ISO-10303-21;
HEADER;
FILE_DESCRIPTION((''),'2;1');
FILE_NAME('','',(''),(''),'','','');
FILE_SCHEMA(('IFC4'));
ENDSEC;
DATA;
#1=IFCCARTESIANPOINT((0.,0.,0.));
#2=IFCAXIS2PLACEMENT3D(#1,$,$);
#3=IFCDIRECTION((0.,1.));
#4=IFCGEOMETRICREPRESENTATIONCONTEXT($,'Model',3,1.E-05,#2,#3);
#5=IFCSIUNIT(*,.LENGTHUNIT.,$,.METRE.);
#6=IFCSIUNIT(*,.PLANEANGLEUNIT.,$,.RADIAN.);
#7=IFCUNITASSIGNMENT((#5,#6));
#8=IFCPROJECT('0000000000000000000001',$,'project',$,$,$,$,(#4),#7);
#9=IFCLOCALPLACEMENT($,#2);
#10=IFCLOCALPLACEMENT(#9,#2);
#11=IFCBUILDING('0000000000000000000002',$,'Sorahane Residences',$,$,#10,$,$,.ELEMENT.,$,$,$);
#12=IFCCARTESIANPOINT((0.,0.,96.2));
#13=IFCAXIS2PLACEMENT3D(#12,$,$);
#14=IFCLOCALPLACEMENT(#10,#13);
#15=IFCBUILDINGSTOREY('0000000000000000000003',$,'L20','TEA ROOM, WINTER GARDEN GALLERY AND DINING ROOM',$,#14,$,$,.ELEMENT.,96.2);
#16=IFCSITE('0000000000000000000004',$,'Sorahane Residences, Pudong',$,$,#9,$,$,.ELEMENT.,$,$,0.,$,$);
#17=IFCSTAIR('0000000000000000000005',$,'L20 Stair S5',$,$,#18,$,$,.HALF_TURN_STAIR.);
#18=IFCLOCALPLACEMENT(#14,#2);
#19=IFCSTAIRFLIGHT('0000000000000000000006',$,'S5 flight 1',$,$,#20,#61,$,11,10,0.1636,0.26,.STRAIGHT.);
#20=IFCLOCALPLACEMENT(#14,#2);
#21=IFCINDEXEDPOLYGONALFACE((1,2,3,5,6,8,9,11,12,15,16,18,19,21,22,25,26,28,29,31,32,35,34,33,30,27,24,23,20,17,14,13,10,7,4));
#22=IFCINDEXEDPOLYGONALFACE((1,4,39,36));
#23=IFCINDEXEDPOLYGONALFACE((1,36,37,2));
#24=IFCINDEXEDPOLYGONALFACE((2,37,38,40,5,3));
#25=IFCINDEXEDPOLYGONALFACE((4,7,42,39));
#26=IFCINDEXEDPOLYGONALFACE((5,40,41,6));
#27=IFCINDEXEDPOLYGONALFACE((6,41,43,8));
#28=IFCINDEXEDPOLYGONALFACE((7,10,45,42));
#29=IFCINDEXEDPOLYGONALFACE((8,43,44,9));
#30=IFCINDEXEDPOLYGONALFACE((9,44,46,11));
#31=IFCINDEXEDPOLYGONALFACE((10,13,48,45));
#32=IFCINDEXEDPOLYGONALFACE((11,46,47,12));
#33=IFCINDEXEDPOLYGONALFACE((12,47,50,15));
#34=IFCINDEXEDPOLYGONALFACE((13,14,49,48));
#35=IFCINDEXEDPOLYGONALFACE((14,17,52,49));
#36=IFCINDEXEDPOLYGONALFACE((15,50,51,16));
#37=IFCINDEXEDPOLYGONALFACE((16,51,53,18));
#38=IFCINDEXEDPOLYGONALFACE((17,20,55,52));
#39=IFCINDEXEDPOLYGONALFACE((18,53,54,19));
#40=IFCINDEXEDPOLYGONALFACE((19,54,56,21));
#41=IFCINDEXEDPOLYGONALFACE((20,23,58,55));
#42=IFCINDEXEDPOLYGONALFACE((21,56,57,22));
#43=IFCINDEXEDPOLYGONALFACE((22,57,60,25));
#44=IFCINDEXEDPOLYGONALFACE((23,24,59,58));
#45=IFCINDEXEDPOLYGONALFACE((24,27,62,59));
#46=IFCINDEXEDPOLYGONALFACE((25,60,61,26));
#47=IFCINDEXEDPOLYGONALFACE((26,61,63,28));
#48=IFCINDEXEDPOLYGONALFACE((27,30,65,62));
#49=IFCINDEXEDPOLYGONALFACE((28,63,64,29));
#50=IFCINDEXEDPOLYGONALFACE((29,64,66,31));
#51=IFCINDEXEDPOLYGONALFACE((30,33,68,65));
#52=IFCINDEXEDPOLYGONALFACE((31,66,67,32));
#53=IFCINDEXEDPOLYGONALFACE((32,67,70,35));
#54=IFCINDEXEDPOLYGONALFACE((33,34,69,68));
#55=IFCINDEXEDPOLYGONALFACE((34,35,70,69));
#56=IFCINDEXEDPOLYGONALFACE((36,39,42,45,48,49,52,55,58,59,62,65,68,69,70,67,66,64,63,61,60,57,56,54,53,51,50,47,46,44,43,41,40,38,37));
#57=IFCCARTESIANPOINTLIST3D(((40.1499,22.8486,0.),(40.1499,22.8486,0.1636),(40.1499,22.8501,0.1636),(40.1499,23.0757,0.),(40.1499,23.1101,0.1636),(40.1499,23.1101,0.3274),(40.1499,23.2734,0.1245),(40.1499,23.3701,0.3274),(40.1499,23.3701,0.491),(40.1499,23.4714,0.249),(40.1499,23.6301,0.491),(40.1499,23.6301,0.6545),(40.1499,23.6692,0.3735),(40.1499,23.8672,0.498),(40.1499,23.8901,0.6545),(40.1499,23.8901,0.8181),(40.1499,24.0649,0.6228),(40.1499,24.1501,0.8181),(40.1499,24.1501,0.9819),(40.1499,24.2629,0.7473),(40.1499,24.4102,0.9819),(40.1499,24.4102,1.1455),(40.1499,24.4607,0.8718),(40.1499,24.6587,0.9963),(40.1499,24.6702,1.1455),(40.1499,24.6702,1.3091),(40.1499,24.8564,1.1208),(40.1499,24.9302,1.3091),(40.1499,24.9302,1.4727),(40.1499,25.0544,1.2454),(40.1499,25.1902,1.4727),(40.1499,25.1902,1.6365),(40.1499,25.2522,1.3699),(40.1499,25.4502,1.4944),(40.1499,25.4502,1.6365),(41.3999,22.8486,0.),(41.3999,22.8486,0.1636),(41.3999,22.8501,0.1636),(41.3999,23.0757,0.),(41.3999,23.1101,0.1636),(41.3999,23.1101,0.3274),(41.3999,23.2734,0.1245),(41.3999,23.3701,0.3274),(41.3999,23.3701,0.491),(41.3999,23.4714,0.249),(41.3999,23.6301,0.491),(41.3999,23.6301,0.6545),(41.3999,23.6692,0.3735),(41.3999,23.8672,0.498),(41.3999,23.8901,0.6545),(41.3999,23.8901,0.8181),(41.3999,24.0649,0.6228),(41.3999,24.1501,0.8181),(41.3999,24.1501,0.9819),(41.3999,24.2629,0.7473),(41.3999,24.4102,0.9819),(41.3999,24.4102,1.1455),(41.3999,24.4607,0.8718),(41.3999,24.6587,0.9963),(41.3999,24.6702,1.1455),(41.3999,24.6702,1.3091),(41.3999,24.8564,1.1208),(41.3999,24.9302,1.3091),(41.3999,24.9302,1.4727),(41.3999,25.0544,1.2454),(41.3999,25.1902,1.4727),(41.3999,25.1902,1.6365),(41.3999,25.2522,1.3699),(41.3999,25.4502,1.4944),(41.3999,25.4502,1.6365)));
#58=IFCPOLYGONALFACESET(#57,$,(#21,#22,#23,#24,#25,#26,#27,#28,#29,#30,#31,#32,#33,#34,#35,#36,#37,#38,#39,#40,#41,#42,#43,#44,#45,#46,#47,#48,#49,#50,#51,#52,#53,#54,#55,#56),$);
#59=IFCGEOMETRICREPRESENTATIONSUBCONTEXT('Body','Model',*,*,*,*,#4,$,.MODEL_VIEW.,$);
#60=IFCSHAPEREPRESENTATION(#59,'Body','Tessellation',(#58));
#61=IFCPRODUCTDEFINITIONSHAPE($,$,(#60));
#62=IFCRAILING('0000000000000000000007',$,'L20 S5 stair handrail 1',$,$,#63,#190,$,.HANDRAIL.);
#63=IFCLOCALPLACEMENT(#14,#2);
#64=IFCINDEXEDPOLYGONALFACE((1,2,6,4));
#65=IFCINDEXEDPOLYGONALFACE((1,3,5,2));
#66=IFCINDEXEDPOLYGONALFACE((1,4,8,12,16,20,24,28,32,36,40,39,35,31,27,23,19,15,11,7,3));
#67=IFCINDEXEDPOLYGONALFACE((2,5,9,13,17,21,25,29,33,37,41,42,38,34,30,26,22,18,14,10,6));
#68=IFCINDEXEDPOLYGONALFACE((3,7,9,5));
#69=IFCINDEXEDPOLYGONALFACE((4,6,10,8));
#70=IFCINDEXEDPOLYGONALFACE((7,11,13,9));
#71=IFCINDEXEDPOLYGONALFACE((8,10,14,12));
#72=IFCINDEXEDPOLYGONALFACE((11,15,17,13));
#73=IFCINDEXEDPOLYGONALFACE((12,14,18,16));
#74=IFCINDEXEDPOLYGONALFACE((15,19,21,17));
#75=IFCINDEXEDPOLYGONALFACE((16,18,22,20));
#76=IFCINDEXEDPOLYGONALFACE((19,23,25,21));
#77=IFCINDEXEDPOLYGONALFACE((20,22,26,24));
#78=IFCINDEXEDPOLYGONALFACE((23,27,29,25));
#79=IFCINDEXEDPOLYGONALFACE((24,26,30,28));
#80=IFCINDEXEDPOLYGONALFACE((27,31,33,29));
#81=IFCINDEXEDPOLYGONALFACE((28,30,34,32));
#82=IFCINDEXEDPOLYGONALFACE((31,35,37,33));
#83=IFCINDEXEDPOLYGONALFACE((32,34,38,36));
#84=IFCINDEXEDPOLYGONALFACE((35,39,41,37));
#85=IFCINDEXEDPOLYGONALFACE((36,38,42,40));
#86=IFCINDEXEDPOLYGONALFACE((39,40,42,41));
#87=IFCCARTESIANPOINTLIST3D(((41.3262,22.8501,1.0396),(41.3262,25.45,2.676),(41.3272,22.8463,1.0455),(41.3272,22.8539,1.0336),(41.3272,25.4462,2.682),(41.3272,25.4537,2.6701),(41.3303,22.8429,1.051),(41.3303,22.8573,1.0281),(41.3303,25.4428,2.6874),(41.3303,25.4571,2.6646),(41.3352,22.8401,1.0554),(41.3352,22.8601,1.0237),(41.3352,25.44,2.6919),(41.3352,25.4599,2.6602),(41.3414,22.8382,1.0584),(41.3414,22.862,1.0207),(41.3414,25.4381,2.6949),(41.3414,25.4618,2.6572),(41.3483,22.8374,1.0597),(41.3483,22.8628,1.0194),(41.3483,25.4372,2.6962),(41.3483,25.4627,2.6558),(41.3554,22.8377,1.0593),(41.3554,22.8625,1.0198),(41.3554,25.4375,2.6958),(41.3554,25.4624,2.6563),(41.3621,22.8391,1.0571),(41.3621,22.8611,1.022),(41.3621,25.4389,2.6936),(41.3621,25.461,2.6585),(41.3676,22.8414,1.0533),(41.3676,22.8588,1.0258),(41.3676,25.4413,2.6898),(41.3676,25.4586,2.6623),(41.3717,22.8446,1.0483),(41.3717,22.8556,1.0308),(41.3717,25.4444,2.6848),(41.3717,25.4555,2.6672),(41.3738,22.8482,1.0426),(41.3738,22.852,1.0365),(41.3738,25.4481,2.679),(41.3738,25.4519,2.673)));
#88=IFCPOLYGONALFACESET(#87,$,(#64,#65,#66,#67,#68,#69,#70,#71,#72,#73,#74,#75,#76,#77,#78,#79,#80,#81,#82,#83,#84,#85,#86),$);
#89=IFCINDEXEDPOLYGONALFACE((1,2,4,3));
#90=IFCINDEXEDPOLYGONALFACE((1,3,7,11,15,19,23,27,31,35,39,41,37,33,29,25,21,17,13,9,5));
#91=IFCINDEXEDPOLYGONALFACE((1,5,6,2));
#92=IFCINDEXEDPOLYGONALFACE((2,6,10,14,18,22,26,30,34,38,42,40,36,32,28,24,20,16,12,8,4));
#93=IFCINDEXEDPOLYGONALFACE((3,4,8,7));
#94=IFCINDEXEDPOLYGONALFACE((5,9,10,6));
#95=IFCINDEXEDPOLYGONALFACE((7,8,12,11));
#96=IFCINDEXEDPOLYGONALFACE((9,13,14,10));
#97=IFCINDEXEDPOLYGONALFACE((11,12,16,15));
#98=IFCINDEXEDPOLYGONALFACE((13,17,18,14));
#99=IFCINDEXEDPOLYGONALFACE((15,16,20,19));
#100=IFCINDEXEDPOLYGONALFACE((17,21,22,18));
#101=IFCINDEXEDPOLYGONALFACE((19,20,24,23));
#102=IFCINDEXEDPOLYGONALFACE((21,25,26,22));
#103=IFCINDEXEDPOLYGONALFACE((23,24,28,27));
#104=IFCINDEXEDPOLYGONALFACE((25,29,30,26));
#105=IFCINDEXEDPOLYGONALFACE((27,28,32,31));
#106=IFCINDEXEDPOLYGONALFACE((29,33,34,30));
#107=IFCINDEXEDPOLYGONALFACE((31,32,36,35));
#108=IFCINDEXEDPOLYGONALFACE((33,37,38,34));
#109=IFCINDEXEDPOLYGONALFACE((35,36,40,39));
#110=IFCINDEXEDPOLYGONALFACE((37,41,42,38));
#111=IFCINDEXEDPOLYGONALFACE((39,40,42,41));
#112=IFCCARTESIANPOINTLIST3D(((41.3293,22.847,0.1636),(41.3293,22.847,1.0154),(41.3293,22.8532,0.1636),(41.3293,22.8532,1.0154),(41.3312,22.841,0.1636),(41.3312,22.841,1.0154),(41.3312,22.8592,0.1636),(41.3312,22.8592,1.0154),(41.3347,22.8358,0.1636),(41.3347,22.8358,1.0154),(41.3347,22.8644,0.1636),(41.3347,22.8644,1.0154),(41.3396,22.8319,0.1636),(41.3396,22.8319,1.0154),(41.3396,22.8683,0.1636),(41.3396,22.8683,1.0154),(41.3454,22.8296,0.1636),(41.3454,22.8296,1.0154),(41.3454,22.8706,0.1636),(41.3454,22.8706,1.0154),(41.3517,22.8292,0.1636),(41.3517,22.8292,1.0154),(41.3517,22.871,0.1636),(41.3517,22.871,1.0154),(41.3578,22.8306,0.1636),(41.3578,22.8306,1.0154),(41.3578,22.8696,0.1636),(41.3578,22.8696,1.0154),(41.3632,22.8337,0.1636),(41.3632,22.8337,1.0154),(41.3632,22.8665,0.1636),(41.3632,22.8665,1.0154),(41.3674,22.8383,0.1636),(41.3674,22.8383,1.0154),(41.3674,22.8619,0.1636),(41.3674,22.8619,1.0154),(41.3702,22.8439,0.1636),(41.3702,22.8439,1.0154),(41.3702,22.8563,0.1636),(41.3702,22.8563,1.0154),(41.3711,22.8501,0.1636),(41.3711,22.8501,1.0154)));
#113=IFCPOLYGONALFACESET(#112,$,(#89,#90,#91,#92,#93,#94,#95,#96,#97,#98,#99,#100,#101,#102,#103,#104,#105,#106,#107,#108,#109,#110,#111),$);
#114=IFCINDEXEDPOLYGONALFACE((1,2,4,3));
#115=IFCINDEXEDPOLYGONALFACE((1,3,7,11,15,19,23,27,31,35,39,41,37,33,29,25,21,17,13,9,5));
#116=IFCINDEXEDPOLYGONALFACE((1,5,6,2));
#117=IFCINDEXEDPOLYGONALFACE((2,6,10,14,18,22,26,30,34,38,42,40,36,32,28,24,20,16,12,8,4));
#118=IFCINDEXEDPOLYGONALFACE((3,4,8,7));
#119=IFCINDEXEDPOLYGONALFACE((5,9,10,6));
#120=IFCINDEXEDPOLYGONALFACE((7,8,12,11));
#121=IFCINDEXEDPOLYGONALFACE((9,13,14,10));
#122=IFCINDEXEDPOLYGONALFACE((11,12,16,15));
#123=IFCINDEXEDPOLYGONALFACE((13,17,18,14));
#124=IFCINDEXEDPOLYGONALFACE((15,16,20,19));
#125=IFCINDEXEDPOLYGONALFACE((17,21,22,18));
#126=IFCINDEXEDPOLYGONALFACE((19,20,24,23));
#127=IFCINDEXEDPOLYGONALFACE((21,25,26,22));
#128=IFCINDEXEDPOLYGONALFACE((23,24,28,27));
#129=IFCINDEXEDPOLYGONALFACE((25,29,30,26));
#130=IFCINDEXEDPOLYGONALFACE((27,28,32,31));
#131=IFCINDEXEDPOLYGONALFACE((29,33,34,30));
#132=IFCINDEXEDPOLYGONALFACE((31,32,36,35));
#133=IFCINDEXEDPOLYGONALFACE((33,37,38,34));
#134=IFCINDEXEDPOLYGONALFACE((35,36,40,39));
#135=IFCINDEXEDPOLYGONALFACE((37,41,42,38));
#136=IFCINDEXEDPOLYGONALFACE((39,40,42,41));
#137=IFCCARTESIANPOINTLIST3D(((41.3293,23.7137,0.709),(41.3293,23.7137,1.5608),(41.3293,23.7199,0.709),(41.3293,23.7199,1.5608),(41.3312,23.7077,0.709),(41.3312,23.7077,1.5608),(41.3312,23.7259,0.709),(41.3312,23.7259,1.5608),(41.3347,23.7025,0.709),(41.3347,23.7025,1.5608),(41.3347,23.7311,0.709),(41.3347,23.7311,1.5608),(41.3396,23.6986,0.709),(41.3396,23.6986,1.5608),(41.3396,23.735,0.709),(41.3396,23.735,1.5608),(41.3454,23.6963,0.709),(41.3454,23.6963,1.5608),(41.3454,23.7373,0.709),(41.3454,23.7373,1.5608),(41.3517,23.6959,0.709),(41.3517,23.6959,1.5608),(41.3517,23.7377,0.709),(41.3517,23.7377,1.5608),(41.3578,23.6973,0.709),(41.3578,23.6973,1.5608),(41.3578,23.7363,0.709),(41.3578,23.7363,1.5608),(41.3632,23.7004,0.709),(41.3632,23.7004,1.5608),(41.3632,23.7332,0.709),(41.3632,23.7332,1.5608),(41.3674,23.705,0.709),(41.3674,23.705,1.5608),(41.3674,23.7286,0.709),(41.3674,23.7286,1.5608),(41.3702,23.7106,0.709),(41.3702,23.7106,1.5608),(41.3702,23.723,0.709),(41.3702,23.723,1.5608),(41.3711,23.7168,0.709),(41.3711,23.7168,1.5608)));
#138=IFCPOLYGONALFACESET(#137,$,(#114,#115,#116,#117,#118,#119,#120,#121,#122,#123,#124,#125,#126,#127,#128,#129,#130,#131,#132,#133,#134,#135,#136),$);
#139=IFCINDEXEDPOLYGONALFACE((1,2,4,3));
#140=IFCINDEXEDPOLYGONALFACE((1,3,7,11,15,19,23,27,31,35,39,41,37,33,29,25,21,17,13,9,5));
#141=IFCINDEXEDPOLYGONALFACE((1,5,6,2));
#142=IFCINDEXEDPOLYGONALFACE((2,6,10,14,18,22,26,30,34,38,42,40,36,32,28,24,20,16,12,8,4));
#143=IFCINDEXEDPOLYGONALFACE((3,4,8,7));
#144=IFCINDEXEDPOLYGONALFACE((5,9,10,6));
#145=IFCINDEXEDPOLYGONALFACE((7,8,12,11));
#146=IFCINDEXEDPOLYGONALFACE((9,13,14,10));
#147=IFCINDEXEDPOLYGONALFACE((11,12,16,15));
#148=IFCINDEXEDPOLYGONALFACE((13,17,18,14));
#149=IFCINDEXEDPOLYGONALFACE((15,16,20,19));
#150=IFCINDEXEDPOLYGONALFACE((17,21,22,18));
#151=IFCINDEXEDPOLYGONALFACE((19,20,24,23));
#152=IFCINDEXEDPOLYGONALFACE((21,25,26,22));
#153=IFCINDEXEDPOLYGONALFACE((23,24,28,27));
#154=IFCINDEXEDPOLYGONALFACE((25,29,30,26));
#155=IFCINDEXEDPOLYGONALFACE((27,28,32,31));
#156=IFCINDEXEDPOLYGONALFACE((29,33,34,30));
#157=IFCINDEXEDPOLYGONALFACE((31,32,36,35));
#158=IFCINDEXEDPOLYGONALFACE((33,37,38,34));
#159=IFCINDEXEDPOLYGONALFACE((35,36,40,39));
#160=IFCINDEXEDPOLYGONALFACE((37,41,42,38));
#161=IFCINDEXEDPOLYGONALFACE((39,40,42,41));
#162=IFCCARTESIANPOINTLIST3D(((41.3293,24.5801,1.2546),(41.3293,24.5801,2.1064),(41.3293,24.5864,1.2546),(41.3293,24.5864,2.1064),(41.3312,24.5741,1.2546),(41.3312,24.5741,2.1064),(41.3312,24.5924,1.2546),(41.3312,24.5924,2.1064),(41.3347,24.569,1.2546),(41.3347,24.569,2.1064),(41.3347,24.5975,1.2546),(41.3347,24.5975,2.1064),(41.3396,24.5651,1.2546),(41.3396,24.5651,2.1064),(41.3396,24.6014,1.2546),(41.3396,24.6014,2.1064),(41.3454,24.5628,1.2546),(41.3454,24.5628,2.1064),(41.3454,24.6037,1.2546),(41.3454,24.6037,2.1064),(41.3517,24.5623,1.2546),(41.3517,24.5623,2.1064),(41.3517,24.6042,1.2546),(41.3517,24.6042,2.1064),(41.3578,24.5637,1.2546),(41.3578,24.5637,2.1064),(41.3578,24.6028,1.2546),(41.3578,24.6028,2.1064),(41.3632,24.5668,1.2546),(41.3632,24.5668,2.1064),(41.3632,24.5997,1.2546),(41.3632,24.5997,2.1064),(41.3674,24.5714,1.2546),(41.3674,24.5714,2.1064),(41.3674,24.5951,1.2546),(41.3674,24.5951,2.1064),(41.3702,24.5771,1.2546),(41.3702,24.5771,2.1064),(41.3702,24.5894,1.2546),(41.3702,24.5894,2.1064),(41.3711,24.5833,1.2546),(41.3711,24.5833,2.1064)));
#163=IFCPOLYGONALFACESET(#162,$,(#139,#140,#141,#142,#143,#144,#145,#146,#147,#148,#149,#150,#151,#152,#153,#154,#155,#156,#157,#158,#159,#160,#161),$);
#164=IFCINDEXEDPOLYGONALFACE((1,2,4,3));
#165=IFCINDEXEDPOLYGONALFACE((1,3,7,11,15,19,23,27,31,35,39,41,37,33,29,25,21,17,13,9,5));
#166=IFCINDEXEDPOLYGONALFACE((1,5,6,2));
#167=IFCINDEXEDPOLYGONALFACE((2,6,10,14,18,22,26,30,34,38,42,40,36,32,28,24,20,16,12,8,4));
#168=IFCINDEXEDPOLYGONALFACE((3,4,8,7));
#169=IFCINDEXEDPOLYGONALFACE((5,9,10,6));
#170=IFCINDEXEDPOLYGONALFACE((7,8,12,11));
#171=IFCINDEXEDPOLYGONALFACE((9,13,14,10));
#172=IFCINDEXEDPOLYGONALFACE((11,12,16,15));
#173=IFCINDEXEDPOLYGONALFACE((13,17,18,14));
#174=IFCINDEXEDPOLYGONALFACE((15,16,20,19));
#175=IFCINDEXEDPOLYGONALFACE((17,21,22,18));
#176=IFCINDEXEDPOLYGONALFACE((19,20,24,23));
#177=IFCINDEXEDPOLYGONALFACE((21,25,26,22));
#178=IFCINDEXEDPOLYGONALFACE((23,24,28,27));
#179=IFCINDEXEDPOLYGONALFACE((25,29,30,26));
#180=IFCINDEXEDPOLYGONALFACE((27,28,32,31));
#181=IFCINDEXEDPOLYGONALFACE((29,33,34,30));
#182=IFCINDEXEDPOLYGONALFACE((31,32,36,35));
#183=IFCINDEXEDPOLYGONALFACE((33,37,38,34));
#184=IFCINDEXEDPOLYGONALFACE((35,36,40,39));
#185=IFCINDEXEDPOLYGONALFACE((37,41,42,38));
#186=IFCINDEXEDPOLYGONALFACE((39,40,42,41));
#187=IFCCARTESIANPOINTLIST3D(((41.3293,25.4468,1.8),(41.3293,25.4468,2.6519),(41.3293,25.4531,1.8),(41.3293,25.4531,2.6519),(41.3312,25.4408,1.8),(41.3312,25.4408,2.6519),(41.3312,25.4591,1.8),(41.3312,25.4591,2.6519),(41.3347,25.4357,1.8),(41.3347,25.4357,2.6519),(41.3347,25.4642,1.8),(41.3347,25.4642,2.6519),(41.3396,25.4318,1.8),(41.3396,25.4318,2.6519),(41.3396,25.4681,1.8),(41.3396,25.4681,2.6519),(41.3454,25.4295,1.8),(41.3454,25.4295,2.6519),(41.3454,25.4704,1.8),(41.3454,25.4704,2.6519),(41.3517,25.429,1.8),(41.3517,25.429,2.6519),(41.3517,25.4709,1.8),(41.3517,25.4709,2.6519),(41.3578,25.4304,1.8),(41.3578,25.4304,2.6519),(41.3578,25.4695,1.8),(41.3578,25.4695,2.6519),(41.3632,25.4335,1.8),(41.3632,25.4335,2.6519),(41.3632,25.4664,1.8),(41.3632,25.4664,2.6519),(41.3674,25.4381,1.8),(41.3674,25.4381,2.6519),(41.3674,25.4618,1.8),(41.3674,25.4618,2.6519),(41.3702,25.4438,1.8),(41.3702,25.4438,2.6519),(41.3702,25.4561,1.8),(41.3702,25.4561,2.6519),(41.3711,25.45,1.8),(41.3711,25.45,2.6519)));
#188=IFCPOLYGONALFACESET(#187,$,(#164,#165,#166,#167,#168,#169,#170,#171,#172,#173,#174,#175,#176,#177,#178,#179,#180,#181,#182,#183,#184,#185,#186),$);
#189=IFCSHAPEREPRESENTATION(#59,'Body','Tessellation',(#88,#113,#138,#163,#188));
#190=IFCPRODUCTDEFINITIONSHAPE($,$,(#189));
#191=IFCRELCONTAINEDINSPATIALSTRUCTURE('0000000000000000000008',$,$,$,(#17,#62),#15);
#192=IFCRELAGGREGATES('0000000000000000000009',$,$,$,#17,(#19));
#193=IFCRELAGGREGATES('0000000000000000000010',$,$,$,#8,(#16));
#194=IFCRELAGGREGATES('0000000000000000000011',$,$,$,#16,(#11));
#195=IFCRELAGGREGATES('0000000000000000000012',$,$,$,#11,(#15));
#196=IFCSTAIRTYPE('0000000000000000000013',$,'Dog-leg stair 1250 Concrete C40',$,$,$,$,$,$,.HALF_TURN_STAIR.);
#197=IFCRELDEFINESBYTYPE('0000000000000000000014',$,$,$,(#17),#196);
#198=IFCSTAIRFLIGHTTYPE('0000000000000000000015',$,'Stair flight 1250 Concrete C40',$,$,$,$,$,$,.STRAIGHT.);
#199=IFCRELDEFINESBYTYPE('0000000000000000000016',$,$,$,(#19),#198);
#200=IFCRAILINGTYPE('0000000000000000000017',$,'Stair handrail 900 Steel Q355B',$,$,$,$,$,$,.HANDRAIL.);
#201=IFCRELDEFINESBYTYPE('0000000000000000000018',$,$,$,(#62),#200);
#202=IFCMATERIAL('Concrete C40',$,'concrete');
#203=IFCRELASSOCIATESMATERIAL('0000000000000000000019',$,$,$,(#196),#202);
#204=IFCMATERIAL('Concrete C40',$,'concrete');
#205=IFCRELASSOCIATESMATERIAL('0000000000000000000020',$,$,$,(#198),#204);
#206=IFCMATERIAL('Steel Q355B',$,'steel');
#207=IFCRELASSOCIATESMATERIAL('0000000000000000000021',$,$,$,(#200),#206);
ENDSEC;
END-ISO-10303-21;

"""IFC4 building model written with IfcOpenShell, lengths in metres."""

from ifc_helpers import new_model, si_unit, direction, frame, origin, origin_2d, place, context, subcontext, project, spatial, polyline, circle, outline, extrude, material, type_object, element, aggregate, save


model = new_model("IFC4")

# Units and contexts
model_context = context("Model", 3, precision=1e-05, world=origin(), true_north=direction((0.0, 1.0)))
body_context = subcontext(model_context, "Body", "Model", "MODEL_VIEW")
ifc_project = project(units=[si_unit("LENGTHUNIT", "METRE"), si_unit("PLANEANGLEUNIT", "RADIAN")], contexts=[model_context])

# Site, building, storey
site_placement = place(None, origin())
site = spatial("IfcSite", under=ifc_project, at=site_placement, Name="Sorahane Residences, Pudong", CompositionType="ELEMENT", RefElevation=0.0)
building_placement = place(site_placement, origin())
building = spatial("IfcBuilding", under=site, at=building_placement, Name="Sorahane Residences", CompositionType="ELEMENT")
storey_placement = place(building_placement, frame((0.0, 0.0, 96.2)))
storey = spatial("IfcBuildingStorey", under=building, at=storey_placement, Name="L20", Description="TEA ROOM, WINTER GARDEN GALLERY AND DINING ROOM", CompositionType="ELEMENT", Elevation=96.2)

# Stair, stair flight
ifc_material_1 = material(Name="Concrete C40", Category="concrete")
stair_type = type_object("IfcStairType", Name="Dog-leg stair 1250 Concrete C40", PredefinedType="HALF_TURN_STAIR", material=ifc_material_1)
stair_placement = place(storey_placement, origin())
stair = element("IfcStair", 1, at=stair_placement, inside=storey, type_object=stair_type, Name="L20 Stair S5", PredefinedType="HALF_TURN_STAIR")
ifc_material_2 = material(Name="Concrete C40", Category="concrete")
stair_flight_type = type_object("IfcStairFlightType", Name="Stair flight 1250 Concrete C40", PredefinedType="STRAIGHT", material=ifc_material_2)
stair_flight_placement = place(storey_placement, frame((40.7749, 22.8501, 0.0), z_axis=(0.0, 0.0, 1.0), x_axis=(0.0, 1.0, 0.0)))
stair_flight = element("IfcStairFlight", 2, at=stair_flight_placement, type_object=stair_flight_type, Name="S5 flight 1", NumberOfRisers=11, NumberOfTreads=10, PredefinedType="STRAIGHT", RiserHeight=0.1636, TreadLength=0.26, context=body_context, shape_type="SweptSolid", body=[
    extrude(outline(polyline([(-0.0015, 0.0), (-0.0015, 0.1636), (0.0, 0.1636), (0.26, 0.1636), (0.26, 0.3274), (0.52, 0.3274), (0.52, 0.491), (0.78, 0.491), (0.78, 0.6545), (1.04, 0.6545), (1.04, 0.8181), (1.3, 0.8181), (1.3, 0.9819), (1.5601, 0.9819), (1.5601, 1.1455), (1.8201, 1.1455), (1.8201, 1.3091), (2.0801, 1.3091), (2.0801, 1.4727), (2.3401, 1.4727), (2.3401, 1.6365), (2.6001, 1.6365), (2.6001, 1.8), (2.6001, 1.4944), (2.4021, 1.3699), (2.2043, 1.2454), (2.0063, 1.1208), (1.8086, 0.9963), (1.6106, 0.8718), (1.4128, 0.7473), (1.2148, 0.6228), (1.0171, 0.498), (0.8191, 0.3735), (0.6213, 0.249), (0.4233, 0.1245), (0.2256, 0.0), (-0.0015, 0.0)])), frame((0.0, 0.625, 0.0), z_axis=(0.0, -1.0, 0.0), x_axis=(1.0, 0.0, 0.0)), (0.0, 0.0, 1.0), 1.25),
])
aggregate(stair, [stair_flight])

# Railing
ifc_material_3 = material(Name="Steel Q355B", Category="steel")
railing_type_1 = type_object("IfcRailingType", Name="Stair handrail 900 Steel Q355B", PredefinedType="HANDRAIL", material=ifc_material_3)
railing_1_placement = place(storey_placement, frame((41.3501, 22.8501, 0.1636)))
element("IfcRailing", 3, at=railing_1_placement, inside=storey, type_object=railing_type_1, Name="L20 S5 stair handrail 1", PredefinedType="HANDRAIL", context=body_context, shape_type="SweptSolid", body=[
    extrude(circle(Radius=0.0239, at=origin_2d()), frame((0.0, 0.0, 0.876), z_axis=(0.0, 0.846302, 0.532704), x_axis=(-1.0, 0.0, 0.0)), (0.0, 0.0, 1.0), 3.072),
    extrude(circle(Radius=0.021, at=origin_2d()), origin(), (0.0, 0.0, 1.0), 0.8518),
    extrude(circle(Radius=0.021, at=origin_2d()), frame((0.0, 0.8667, 0.5454)), (0.0, 0.0, 1.0), 0.8518),
    extrude(circle(Radius=0.021, at=origin_2d()), frame((0.0, 1.7332, 1.0911)), (0.0, 0.0, 1.0), 0.8518),
    extrude(circle(Radius=0.021, at=origin_2d()), frame((0.0, 2.5999, 1.6365)), (0.0, 0.0, 1.0), 0.8518),
])

save(model, "model.ifc")
